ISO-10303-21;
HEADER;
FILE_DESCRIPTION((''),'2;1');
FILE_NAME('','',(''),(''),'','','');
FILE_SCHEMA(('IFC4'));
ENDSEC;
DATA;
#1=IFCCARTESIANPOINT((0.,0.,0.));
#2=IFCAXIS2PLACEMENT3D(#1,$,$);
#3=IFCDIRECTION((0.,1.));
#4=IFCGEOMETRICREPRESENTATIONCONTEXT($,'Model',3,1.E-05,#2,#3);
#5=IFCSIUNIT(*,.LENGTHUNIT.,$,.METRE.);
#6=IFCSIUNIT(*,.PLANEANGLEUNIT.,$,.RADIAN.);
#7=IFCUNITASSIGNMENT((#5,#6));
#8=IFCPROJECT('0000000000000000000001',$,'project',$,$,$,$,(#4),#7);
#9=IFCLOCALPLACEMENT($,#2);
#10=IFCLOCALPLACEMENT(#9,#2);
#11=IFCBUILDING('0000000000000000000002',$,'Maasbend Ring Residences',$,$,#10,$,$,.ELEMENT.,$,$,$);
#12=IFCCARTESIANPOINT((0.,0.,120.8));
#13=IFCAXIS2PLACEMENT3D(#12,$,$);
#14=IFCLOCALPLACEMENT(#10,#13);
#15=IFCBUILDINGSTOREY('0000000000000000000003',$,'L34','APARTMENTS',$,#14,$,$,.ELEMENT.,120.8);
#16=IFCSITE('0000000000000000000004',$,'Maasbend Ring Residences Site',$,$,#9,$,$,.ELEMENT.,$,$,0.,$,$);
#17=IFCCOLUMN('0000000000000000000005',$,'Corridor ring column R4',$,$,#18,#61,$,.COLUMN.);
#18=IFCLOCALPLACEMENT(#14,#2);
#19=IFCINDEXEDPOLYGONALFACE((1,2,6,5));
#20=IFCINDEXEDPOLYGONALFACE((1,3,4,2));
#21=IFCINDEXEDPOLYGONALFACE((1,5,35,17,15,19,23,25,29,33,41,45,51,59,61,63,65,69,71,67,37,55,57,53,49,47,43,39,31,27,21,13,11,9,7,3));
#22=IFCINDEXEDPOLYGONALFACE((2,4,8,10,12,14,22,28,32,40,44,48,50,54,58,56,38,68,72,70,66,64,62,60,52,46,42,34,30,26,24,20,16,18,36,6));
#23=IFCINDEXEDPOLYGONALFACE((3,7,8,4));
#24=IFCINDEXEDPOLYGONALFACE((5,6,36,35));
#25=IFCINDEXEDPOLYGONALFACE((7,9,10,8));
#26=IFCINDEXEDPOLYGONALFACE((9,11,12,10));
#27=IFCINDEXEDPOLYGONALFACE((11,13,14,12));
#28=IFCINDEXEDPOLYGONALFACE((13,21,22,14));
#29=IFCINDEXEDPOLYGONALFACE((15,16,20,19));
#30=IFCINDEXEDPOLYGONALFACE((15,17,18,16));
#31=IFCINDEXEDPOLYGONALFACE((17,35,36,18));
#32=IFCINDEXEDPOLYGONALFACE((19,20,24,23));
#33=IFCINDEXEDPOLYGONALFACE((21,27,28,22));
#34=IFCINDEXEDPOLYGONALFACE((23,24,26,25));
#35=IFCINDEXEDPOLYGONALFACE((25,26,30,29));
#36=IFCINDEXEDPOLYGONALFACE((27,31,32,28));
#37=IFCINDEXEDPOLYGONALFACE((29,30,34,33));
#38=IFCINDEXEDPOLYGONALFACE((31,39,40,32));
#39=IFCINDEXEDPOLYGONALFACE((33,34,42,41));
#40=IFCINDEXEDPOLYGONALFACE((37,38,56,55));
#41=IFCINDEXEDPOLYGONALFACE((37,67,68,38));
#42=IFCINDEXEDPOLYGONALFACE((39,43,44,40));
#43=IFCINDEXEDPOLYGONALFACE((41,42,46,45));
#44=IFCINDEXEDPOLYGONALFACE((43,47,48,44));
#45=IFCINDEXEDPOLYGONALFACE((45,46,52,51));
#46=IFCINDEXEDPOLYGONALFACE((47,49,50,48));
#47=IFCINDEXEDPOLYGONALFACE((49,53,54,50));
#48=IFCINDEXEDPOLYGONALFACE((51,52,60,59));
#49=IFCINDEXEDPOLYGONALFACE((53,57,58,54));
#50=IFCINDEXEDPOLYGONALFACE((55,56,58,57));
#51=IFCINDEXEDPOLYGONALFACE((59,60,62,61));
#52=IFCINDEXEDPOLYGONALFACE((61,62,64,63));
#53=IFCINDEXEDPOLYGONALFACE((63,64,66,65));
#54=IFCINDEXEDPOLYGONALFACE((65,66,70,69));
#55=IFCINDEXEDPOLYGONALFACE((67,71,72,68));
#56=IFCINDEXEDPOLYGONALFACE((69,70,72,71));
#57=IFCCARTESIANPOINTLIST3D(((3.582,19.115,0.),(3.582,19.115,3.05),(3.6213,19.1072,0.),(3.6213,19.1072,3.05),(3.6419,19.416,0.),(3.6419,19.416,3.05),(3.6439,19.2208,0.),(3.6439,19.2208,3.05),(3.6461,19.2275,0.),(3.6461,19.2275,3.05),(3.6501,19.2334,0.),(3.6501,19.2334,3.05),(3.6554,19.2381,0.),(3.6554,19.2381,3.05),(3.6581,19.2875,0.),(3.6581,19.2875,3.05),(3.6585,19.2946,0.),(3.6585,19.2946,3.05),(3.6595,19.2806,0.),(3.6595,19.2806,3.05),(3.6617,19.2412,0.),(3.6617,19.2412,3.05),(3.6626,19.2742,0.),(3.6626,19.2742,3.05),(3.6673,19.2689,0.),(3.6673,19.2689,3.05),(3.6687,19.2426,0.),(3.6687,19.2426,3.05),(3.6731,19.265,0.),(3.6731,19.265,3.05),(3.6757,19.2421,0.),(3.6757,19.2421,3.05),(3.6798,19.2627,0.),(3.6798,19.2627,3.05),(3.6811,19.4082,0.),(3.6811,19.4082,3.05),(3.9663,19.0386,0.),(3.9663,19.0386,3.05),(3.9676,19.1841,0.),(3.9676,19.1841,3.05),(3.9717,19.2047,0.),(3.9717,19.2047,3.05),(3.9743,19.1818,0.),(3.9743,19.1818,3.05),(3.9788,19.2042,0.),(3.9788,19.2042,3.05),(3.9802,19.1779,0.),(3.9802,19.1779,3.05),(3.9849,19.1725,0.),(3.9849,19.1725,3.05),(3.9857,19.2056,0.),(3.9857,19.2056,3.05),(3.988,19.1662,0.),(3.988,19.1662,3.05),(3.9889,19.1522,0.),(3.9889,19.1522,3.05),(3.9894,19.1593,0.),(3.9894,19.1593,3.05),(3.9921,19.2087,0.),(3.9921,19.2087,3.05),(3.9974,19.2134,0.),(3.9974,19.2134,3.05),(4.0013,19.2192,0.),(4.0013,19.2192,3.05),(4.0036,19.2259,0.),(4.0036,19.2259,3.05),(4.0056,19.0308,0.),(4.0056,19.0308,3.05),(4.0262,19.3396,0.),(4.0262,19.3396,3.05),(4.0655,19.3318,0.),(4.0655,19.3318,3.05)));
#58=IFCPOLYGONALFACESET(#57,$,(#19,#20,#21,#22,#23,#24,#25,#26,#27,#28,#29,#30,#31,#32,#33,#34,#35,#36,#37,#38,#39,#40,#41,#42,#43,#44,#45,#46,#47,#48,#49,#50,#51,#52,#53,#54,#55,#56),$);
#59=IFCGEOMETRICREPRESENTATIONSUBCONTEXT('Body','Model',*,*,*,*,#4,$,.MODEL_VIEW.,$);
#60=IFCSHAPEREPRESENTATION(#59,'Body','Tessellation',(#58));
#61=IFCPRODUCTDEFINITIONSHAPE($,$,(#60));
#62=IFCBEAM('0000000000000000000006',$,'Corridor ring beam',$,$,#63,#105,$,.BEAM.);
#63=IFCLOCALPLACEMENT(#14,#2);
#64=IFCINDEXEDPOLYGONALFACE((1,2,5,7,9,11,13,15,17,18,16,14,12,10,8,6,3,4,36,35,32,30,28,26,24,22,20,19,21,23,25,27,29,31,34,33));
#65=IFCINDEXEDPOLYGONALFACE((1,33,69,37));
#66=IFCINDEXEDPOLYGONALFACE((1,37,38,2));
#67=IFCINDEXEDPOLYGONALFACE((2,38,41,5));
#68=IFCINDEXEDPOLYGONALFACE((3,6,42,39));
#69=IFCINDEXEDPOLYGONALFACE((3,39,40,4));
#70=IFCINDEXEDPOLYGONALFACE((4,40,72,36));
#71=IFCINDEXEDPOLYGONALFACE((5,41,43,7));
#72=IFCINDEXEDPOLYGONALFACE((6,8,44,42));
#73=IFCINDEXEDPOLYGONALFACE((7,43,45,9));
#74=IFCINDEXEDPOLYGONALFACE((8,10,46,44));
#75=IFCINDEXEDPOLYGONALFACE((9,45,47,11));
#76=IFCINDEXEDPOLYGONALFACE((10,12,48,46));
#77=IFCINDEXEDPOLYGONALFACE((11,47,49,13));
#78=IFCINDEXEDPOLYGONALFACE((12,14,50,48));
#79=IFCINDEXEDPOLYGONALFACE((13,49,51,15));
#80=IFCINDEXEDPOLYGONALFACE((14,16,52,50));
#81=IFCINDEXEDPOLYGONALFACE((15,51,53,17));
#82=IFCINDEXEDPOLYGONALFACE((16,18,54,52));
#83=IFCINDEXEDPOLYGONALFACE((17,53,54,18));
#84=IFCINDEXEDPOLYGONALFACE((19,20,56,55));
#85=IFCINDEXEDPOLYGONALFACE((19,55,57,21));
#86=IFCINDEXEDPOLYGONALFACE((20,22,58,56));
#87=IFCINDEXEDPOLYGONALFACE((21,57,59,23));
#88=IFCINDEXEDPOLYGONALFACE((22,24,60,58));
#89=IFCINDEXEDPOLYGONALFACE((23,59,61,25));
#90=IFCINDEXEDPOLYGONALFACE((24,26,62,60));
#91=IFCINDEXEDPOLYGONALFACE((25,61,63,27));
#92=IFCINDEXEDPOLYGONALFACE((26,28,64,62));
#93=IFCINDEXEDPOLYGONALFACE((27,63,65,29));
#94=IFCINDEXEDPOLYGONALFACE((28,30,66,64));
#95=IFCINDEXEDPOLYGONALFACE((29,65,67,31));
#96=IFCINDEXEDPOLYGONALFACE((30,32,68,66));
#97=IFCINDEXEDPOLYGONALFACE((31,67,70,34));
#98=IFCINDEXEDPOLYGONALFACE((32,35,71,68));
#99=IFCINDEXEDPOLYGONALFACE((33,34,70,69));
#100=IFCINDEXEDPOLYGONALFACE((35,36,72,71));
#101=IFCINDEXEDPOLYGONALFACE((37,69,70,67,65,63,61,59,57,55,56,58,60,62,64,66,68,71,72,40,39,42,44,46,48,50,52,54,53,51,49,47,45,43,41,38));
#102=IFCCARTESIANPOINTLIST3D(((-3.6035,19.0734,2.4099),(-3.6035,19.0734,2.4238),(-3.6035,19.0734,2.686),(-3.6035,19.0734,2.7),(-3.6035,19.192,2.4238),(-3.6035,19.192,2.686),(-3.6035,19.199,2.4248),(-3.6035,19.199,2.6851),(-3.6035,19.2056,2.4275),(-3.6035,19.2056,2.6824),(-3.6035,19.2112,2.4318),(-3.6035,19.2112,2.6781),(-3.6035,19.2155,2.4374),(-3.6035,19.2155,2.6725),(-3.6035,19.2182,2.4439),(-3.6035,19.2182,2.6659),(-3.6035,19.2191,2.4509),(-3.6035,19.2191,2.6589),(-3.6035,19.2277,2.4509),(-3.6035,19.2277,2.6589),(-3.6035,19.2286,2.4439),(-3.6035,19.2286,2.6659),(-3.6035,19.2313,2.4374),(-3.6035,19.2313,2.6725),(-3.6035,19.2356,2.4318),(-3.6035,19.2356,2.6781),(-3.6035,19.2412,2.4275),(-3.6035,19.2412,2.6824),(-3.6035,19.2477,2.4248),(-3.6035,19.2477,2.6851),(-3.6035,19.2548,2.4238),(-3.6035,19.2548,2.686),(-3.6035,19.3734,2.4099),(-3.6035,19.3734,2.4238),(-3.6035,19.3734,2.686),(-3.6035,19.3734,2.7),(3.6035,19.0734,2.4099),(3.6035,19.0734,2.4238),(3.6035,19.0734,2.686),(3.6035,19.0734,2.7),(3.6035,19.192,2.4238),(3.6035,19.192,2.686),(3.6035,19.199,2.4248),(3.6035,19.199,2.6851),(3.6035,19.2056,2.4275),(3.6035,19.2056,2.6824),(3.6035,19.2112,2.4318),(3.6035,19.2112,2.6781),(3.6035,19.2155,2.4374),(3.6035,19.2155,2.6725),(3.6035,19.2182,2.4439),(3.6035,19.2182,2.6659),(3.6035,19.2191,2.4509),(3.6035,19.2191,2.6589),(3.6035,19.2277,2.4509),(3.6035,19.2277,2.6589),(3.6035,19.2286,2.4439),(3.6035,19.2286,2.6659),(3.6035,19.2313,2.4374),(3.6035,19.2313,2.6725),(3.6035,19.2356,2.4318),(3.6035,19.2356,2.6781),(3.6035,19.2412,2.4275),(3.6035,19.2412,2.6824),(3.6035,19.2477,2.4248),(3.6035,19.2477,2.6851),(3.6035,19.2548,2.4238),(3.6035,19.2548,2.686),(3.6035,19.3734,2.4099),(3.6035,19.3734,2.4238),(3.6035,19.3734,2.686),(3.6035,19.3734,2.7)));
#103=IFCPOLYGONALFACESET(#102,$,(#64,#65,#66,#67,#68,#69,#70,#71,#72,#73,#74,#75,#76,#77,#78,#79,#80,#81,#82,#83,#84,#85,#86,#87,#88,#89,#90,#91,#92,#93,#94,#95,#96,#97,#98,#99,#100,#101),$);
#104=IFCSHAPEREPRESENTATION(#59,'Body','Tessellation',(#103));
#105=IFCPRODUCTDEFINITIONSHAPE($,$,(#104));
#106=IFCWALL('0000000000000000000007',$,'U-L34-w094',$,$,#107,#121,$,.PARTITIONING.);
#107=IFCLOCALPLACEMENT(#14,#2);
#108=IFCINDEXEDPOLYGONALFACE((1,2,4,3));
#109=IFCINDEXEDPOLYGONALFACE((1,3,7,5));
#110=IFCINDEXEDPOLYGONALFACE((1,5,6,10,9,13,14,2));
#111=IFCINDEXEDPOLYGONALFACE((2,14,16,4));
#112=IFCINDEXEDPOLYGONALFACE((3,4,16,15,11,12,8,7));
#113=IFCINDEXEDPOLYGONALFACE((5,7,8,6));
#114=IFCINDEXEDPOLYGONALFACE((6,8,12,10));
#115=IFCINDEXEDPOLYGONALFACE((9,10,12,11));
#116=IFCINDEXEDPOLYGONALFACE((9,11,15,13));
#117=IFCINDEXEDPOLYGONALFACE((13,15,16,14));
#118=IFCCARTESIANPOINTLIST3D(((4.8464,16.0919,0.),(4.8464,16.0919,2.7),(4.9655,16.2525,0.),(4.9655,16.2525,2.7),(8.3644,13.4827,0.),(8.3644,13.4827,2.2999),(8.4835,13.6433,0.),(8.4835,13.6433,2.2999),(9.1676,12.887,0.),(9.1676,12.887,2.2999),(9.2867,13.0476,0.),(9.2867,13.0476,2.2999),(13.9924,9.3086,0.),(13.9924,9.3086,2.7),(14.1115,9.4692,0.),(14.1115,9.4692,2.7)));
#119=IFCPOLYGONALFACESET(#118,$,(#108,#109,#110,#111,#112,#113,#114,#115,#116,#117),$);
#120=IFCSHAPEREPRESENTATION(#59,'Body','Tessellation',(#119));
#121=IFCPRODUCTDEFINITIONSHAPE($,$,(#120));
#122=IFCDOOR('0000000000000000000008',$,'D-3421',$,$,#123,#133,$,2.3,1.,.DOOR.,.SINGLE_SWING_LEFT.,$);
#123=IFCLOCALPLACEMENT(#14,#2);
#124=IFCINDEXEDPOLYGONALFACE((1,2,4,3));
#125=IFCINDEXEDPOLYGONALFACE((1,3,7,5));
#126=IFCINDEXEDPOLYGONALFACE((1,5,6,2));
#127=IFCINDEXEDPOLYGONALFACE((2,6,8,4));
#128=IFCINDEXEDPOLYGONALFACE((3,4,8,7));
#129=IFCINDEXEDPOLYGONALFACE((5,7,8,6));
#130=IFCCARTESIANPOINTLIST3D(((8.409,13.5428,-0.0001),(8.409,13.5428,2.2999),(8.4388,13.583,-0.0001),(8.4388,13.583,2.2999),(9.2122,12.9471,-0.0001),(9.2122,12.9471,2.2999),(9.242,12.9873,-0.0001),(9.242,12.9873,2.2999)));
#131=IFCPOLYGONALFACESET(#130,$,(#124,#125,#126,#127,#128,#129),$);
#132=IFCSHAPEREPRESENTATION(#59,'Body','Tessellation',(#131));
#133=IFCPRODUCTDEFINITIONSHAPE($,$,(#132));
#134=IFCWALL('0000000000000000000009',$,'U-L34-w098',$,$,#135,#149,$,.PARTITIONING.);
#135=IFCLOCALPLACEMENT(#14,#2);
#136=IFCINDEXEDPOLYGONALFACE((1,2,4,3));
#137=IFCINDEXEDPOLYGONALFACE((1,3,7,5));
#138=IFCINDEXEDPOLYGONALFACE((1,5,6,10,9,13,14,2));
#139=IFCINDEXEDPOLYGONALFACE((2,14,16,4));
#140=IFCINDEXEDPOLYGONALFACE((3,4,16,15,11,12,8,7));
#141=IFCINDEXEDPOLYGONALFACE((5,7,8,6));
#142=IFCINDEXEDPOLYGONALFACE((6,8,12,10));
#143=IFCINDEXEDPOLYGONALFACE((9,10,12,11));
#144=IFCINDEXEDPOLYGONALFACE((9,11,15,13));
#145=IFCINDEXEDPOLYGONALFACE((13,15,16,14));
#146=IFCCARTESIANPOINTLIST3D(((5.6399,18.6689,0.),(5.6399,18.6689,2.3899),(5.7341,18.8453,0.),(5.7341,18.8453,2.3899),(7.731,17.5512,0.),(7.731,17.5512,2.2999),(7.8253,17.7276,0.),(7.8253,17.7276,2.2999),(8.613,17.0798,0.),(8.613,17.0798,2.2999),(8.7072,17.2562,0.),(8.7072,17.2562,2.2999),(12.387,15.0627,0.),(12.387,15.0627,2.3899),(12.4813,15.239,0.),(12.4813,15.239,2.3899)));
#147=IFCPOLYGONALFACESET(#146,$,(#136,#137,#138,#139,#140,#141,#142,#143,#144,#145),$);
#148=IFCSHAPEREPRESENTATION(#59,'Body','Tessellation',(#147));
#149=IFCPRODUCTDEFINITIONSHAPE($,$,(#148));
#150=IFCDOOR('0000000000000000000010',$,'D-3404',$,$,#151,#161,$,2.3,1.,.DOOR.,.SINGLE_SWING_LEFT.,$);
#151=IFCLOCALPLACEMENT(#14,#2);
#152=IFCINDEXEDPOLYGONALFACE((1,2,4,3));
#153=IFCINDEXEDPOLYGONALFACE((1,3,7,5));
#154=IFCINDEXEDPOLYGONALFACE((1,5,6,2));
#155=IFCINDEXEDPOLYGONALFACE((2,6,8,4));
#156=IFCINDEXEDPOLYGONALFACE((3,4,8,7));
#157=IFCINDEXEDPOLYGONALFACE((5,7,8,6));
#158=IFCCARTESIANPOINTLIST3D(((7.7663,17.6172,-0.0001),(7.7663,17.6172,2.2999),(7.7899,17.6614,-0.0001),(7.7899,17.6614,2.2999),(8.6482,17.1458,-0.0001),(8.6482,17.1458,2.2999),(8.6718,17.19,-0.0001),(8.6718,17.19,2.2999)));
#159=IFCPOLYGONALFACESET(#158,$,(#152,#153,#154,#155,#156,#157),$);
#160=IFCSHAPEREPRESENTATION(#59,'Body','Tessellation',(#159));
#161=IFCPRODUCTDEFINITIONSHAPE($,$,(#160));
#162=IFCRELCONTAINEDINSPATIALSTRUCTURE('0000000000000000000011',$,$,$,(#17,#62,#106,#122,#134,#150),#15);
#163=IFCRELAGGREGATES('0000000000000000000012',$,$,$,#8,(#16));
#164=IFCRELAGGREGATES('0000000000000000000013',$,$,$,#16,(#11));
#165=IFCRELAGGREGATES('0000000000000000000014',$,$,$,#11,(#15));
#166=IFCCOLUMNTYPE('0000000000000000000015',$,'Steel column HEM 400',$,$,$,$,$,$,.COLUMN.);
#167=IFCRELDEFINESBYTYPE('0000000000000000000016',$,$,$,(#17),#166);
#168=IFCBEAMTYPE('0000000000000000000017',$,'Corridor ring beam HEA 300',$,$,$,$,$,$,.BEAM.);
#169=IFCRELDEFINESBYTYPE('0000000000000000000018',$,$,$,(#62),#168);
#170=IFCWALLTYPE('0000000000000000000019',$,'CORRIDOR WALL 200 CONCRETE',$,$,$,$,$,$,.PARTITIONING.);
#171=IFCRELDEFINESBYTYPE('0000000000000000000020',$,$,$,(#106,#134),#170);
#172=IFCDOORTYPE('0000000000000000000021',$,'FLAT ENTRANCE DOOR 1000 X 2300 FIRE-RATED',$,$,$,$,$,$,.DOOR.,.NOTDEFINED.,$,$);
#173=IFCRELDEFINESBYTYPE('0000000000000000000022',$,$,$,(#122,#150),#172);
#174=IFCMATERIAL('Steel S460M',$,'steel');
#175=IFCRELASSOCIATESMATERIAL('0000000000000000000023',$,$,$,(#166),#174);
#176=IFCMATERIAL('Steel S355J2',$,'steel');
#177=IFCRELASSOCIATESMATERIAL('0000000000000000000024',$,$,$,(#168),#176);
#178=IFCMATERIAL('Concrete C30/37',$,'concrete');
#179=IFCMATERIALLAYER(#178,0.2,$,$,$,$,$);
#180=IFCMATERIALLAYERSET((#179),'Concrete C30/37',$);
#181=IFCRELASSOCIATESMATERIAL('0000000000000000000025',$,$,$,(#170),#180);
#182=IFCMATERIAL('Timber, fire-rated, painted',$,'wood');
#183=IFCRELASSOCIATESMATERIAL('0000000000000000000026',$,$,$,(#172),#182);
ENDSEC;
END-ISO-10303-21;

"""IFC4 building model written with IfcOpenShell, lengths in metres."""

from ifc_helpers import new_model, si_unit, direction, frame, frame_2d, origin, origin_2d, place, context, subcontext, project, spatial, rectangle, i_section, extrude, material, layer, layer_set, material_profile, profile_set, type_object, element, fill, save


model = new_model("IFC4")

# Units and contexts
model_context = context("Model", 3, precision=1e-05, world=origin(), true_north=direction((0.0, 1.0)))
body_context = subcontext(model_context, "Body", "Model", "MODEL_VIEW")
ifc_project = project(units=[si_unit("LENGTHUNIT", "METRE"), si_unit("PLANEANGLEUNIT", "RADIAN")], contexts=[model_context])

# Site, building, storey
site_placement = place(None, origin())
site = spatial("IfcSite", under=ifc_project, at=site_placement, Name="Maasbend Ring Residences Site", CompositionType="ELEMENT", RefElevation=0.0)
building_placement = place(site_placement, origin())
building = spatial("IfcBuilding", under=site, at=building_placement, Name="Maasbend Ring Residences", CompositionType="ELEMENT")
storey_placement = place(building_placement, frame((0.0, 0.0, 120.8)))
storey = spatial("IfcBuildingStorey", under=building, at=storey_placement, Name="L34", Description="APARTMENTS", CompositionType="ELEMENT", Elevation=120.8)

# Column
ifc_material_1 = material(Name="Steel S460M", Category="steel")
ifc_material_profile_1 = material_profile(ifc_material_1, i_section(OverallWidth=0.3069, OverallDepth=0.4319, WebThickness=0.021, FlangeThickness=0.04, FilletRadius=0.0271, at=origin_2d()), Name="HEM 400")
ifc_profile_set_1 = profile_set([ifc_material_profile_1], Name="Steel S460M")
column_type = type_object("IfcColumnType", Name="Steel column HEM 400", PredefinedType="COLUMN", material=ifc_profile_set_1)
column_placement = place(storey_placement, frame((3.8237, 19.2234, 0.0), z_axis=(0.0, 0.0, 1.0), x_axis=(0.19509, 0.980785, 0.0)))
element("IfcColumn", 1, at=column_placement, inside=storey, type_object=column_type, Name="Corridor ring column R4", PredefinedType="COLUMN", context=body_context, shape_type="SweptSolid", body=[
    extrude(i_section(OverallWidth=0.3069, OverallDepth=0.4319, WebThickness=0.021, FlangeThickness=0.04, FilletRadius=0.0271, at=origin_2d()), origin(), (0.0, 0.0, 1.0), 3.05),
])

# Beam
ifc_material_2 = material(Name="Steel S355J2", Category="steel")
ifc_material_profile_2 = material_profile(ifc_material_2, i_section(OverallWidth=0.3, OverallDepth=0.29, WebThickness=0.0085, FlangeThickness=0.0139, FilletRadius=0.0271, at=origin_2d()), Name="HEA 300")
ifc_profile_set_2 = profile_set([ifc_material_profile_2], Name="Steel S355J2")
beam_type = type_object("IfcBeamType", Name="Corridor ring beam HEA 300", PredefinedType="BEAM", material=ifc_profile_set_2)
beam_placement = place(storey_placement, frame((3.6035, 19.2234, 2.5549), z_axis=(-1.0, 0.0, 0.0), x_axis=(0.0, -1.0, 0.0)))
element("IfcBeam", 2, at=beam_placement, inside=storey, type_object=beam_type, Name="Corridor ring beam", PredefinedType="BEAM", context=body_context, shape_type="SweptSolid", body=[
    extrude(i_section(OverallWidth=0.3, OverallDepth=0.29, WebThickness=0.0085, FlangeThickness=0.0139, FilletRadius=0.0271, at=origin_2d()), origin(), (0.0, 0.0, 1.0), 7.207),
])

# Walls, openings, doors
ifc_material_3 = material(Name="Concrete C30/37", Category="concrete")
ifc_layer_1 = layer(ifc_material_3, 0.2)
ifc_layer_set_1 = layer_set([ifc_layer_1], Name="Concrete C30/37")
wall_type_1 = type_object("IfcWallType", Name="CORRIDOR WALL 200 CONCRETE", PredefinedType="PARTITIONING", material=ifc_layer_set_1)
wall_1_placement = place(storey_placement, frame((4.906, 16.1721, 0.0), z_axis=(0.0, 0.0, 1.0), x_axis=(0.803205, -0.595703, 0.0)))
wall_1 = element("IfcWall", 3, at=wall_1_placement, inside=storey, type_object=wall_type_1, Name="U-L34-w094", PredefinedType="PARTITIONING", context=body_context, shape_type="SweptSolid", body=[
    extrude(rectangle(XDim=11.387, YDim=0.2, at=frame_2d((5.6934, 0.0))), origin(), (0.0, 0.0, 1.0), 2.7),
])
opening_1_placement = place(wall_1_placement, frame((4.3799, 0.0, 0.0)))
opening_1 = element("IfcOpeningElement", 4, at=opening_1_placement, cuts=wall_1, PredefinedType="OPENING", context=body_context, shape_type="SweptSolid", body=[
    extrude(rectangle(XDim=1.0, YDim=2.3, at=frame_2d((0.5, 1.1499))), frame((0.0, 0.1099, 0.0), z_axis=(0.0, -1.0, 0.0), x_axis=(1.0, 0.0, 0.0)), (0.0, 0.0, 1.0), 0.22),
])
ifc_material_4 = material(Name="Timber, fire-rated, painted", Category="wood")
door_type_1 = type_object("IfcDoorType", Name="FLAT ENTRANCE DOOR 1000 X 2300 FIRE-RATED", OperationType="NOTDEFINED", PredefinedType="DOOR", material=ifc_material_4)
door_1_placement = place(opening_1_placement, origin())
door_1 = element("IfcDoor", 5, at=door_1_placement, inside=storey, type_object=door_type_1, Name="D-3421", OperationType="SINGLE_SWING_LEFT", OverallHeight=2.3, OverallWidth=1.0, PredefinedType="DOOR", context=body_context, shape_type="SweptSolid", body=[
    extrude(rectangle(XDim=1.0, YDim=2.3, at=frame_2d((0.5, 1.1499))), frame((0.0, 0.0249, 0.0), z_axis=(0.0, -1.0, 0.0), x_axis=(1.0, 0.0, 0.0)), (0.0, 0.0, 1.0), 0.05),
])
fill(opening_1, door_1)
wall_2_placement = place(storey_placement, frame((5.687, 18.7571, 0.0), z_axis=(0.0, 0.0, 1.0), x_axis=(0.881931, -0.471378, 0.0)))
wall_2 = element("IfcWall", 6, at=wall_2_placement, inside=storey, type_object=wall_type_1, Name="U-L34-w098", PredefinedType="PARTITIONING", context=body_context, shape_type="SweptSolid", body=[
    extrude(rectangle(XDim=7.6504, YDim=0.2, at=frame_2d((3.8252, 0.0))), origin(), (0.0, 0.0, 1.0), 2.3899),
])
opening_2_placement = place(wall_2_placement, frame((2.3711, 0.0, 0.0)))
opening_2 = element("IfcOpeningElement", 7, at=opening_2_placement, cuts=wall_2, PredefinedType="OPENING", context=body_context, shape_type="SweptSolid", body=[
    extrude(rectangle(XDim=1.0, YDim=2.3, at=frame_2d((0.5, 1.1499))), frame((0.0, 0.1099, 0.0), z_axis=(0.0, -1.0, 0.0), x_axis=(1.0, 0.0, 0.0)), (0.0, 0.0, 1.0), 0.22),
])
door_2_placement = place(opening_2_placement, origin())
door_2 = element("IfcDoor", 8, at=door_2_placement, inside=storey, type_object=door_type_1, Name="D-3404", OperationType="SINGLE_SWING_LEFT", OverallHeight=2.3, OverallWidth=1.0, PredefinedType="DOOR", context=body_context, shape_type="SweptSolid", body=[
    extrude(rectangle(XDim=1.0, YDim=2.3, at=frame_2d((0.5, 1.1499))), frame((0.0, 0.0249, 0.0), z_axis=(0.0, -1.0, 0.0), x_axis=(1.0, 0.0, 0.0)), (0.0, 0.0, 1.0), 0.05),
])
fill(opening_2, door_2)

save(model, "model.ifc")
